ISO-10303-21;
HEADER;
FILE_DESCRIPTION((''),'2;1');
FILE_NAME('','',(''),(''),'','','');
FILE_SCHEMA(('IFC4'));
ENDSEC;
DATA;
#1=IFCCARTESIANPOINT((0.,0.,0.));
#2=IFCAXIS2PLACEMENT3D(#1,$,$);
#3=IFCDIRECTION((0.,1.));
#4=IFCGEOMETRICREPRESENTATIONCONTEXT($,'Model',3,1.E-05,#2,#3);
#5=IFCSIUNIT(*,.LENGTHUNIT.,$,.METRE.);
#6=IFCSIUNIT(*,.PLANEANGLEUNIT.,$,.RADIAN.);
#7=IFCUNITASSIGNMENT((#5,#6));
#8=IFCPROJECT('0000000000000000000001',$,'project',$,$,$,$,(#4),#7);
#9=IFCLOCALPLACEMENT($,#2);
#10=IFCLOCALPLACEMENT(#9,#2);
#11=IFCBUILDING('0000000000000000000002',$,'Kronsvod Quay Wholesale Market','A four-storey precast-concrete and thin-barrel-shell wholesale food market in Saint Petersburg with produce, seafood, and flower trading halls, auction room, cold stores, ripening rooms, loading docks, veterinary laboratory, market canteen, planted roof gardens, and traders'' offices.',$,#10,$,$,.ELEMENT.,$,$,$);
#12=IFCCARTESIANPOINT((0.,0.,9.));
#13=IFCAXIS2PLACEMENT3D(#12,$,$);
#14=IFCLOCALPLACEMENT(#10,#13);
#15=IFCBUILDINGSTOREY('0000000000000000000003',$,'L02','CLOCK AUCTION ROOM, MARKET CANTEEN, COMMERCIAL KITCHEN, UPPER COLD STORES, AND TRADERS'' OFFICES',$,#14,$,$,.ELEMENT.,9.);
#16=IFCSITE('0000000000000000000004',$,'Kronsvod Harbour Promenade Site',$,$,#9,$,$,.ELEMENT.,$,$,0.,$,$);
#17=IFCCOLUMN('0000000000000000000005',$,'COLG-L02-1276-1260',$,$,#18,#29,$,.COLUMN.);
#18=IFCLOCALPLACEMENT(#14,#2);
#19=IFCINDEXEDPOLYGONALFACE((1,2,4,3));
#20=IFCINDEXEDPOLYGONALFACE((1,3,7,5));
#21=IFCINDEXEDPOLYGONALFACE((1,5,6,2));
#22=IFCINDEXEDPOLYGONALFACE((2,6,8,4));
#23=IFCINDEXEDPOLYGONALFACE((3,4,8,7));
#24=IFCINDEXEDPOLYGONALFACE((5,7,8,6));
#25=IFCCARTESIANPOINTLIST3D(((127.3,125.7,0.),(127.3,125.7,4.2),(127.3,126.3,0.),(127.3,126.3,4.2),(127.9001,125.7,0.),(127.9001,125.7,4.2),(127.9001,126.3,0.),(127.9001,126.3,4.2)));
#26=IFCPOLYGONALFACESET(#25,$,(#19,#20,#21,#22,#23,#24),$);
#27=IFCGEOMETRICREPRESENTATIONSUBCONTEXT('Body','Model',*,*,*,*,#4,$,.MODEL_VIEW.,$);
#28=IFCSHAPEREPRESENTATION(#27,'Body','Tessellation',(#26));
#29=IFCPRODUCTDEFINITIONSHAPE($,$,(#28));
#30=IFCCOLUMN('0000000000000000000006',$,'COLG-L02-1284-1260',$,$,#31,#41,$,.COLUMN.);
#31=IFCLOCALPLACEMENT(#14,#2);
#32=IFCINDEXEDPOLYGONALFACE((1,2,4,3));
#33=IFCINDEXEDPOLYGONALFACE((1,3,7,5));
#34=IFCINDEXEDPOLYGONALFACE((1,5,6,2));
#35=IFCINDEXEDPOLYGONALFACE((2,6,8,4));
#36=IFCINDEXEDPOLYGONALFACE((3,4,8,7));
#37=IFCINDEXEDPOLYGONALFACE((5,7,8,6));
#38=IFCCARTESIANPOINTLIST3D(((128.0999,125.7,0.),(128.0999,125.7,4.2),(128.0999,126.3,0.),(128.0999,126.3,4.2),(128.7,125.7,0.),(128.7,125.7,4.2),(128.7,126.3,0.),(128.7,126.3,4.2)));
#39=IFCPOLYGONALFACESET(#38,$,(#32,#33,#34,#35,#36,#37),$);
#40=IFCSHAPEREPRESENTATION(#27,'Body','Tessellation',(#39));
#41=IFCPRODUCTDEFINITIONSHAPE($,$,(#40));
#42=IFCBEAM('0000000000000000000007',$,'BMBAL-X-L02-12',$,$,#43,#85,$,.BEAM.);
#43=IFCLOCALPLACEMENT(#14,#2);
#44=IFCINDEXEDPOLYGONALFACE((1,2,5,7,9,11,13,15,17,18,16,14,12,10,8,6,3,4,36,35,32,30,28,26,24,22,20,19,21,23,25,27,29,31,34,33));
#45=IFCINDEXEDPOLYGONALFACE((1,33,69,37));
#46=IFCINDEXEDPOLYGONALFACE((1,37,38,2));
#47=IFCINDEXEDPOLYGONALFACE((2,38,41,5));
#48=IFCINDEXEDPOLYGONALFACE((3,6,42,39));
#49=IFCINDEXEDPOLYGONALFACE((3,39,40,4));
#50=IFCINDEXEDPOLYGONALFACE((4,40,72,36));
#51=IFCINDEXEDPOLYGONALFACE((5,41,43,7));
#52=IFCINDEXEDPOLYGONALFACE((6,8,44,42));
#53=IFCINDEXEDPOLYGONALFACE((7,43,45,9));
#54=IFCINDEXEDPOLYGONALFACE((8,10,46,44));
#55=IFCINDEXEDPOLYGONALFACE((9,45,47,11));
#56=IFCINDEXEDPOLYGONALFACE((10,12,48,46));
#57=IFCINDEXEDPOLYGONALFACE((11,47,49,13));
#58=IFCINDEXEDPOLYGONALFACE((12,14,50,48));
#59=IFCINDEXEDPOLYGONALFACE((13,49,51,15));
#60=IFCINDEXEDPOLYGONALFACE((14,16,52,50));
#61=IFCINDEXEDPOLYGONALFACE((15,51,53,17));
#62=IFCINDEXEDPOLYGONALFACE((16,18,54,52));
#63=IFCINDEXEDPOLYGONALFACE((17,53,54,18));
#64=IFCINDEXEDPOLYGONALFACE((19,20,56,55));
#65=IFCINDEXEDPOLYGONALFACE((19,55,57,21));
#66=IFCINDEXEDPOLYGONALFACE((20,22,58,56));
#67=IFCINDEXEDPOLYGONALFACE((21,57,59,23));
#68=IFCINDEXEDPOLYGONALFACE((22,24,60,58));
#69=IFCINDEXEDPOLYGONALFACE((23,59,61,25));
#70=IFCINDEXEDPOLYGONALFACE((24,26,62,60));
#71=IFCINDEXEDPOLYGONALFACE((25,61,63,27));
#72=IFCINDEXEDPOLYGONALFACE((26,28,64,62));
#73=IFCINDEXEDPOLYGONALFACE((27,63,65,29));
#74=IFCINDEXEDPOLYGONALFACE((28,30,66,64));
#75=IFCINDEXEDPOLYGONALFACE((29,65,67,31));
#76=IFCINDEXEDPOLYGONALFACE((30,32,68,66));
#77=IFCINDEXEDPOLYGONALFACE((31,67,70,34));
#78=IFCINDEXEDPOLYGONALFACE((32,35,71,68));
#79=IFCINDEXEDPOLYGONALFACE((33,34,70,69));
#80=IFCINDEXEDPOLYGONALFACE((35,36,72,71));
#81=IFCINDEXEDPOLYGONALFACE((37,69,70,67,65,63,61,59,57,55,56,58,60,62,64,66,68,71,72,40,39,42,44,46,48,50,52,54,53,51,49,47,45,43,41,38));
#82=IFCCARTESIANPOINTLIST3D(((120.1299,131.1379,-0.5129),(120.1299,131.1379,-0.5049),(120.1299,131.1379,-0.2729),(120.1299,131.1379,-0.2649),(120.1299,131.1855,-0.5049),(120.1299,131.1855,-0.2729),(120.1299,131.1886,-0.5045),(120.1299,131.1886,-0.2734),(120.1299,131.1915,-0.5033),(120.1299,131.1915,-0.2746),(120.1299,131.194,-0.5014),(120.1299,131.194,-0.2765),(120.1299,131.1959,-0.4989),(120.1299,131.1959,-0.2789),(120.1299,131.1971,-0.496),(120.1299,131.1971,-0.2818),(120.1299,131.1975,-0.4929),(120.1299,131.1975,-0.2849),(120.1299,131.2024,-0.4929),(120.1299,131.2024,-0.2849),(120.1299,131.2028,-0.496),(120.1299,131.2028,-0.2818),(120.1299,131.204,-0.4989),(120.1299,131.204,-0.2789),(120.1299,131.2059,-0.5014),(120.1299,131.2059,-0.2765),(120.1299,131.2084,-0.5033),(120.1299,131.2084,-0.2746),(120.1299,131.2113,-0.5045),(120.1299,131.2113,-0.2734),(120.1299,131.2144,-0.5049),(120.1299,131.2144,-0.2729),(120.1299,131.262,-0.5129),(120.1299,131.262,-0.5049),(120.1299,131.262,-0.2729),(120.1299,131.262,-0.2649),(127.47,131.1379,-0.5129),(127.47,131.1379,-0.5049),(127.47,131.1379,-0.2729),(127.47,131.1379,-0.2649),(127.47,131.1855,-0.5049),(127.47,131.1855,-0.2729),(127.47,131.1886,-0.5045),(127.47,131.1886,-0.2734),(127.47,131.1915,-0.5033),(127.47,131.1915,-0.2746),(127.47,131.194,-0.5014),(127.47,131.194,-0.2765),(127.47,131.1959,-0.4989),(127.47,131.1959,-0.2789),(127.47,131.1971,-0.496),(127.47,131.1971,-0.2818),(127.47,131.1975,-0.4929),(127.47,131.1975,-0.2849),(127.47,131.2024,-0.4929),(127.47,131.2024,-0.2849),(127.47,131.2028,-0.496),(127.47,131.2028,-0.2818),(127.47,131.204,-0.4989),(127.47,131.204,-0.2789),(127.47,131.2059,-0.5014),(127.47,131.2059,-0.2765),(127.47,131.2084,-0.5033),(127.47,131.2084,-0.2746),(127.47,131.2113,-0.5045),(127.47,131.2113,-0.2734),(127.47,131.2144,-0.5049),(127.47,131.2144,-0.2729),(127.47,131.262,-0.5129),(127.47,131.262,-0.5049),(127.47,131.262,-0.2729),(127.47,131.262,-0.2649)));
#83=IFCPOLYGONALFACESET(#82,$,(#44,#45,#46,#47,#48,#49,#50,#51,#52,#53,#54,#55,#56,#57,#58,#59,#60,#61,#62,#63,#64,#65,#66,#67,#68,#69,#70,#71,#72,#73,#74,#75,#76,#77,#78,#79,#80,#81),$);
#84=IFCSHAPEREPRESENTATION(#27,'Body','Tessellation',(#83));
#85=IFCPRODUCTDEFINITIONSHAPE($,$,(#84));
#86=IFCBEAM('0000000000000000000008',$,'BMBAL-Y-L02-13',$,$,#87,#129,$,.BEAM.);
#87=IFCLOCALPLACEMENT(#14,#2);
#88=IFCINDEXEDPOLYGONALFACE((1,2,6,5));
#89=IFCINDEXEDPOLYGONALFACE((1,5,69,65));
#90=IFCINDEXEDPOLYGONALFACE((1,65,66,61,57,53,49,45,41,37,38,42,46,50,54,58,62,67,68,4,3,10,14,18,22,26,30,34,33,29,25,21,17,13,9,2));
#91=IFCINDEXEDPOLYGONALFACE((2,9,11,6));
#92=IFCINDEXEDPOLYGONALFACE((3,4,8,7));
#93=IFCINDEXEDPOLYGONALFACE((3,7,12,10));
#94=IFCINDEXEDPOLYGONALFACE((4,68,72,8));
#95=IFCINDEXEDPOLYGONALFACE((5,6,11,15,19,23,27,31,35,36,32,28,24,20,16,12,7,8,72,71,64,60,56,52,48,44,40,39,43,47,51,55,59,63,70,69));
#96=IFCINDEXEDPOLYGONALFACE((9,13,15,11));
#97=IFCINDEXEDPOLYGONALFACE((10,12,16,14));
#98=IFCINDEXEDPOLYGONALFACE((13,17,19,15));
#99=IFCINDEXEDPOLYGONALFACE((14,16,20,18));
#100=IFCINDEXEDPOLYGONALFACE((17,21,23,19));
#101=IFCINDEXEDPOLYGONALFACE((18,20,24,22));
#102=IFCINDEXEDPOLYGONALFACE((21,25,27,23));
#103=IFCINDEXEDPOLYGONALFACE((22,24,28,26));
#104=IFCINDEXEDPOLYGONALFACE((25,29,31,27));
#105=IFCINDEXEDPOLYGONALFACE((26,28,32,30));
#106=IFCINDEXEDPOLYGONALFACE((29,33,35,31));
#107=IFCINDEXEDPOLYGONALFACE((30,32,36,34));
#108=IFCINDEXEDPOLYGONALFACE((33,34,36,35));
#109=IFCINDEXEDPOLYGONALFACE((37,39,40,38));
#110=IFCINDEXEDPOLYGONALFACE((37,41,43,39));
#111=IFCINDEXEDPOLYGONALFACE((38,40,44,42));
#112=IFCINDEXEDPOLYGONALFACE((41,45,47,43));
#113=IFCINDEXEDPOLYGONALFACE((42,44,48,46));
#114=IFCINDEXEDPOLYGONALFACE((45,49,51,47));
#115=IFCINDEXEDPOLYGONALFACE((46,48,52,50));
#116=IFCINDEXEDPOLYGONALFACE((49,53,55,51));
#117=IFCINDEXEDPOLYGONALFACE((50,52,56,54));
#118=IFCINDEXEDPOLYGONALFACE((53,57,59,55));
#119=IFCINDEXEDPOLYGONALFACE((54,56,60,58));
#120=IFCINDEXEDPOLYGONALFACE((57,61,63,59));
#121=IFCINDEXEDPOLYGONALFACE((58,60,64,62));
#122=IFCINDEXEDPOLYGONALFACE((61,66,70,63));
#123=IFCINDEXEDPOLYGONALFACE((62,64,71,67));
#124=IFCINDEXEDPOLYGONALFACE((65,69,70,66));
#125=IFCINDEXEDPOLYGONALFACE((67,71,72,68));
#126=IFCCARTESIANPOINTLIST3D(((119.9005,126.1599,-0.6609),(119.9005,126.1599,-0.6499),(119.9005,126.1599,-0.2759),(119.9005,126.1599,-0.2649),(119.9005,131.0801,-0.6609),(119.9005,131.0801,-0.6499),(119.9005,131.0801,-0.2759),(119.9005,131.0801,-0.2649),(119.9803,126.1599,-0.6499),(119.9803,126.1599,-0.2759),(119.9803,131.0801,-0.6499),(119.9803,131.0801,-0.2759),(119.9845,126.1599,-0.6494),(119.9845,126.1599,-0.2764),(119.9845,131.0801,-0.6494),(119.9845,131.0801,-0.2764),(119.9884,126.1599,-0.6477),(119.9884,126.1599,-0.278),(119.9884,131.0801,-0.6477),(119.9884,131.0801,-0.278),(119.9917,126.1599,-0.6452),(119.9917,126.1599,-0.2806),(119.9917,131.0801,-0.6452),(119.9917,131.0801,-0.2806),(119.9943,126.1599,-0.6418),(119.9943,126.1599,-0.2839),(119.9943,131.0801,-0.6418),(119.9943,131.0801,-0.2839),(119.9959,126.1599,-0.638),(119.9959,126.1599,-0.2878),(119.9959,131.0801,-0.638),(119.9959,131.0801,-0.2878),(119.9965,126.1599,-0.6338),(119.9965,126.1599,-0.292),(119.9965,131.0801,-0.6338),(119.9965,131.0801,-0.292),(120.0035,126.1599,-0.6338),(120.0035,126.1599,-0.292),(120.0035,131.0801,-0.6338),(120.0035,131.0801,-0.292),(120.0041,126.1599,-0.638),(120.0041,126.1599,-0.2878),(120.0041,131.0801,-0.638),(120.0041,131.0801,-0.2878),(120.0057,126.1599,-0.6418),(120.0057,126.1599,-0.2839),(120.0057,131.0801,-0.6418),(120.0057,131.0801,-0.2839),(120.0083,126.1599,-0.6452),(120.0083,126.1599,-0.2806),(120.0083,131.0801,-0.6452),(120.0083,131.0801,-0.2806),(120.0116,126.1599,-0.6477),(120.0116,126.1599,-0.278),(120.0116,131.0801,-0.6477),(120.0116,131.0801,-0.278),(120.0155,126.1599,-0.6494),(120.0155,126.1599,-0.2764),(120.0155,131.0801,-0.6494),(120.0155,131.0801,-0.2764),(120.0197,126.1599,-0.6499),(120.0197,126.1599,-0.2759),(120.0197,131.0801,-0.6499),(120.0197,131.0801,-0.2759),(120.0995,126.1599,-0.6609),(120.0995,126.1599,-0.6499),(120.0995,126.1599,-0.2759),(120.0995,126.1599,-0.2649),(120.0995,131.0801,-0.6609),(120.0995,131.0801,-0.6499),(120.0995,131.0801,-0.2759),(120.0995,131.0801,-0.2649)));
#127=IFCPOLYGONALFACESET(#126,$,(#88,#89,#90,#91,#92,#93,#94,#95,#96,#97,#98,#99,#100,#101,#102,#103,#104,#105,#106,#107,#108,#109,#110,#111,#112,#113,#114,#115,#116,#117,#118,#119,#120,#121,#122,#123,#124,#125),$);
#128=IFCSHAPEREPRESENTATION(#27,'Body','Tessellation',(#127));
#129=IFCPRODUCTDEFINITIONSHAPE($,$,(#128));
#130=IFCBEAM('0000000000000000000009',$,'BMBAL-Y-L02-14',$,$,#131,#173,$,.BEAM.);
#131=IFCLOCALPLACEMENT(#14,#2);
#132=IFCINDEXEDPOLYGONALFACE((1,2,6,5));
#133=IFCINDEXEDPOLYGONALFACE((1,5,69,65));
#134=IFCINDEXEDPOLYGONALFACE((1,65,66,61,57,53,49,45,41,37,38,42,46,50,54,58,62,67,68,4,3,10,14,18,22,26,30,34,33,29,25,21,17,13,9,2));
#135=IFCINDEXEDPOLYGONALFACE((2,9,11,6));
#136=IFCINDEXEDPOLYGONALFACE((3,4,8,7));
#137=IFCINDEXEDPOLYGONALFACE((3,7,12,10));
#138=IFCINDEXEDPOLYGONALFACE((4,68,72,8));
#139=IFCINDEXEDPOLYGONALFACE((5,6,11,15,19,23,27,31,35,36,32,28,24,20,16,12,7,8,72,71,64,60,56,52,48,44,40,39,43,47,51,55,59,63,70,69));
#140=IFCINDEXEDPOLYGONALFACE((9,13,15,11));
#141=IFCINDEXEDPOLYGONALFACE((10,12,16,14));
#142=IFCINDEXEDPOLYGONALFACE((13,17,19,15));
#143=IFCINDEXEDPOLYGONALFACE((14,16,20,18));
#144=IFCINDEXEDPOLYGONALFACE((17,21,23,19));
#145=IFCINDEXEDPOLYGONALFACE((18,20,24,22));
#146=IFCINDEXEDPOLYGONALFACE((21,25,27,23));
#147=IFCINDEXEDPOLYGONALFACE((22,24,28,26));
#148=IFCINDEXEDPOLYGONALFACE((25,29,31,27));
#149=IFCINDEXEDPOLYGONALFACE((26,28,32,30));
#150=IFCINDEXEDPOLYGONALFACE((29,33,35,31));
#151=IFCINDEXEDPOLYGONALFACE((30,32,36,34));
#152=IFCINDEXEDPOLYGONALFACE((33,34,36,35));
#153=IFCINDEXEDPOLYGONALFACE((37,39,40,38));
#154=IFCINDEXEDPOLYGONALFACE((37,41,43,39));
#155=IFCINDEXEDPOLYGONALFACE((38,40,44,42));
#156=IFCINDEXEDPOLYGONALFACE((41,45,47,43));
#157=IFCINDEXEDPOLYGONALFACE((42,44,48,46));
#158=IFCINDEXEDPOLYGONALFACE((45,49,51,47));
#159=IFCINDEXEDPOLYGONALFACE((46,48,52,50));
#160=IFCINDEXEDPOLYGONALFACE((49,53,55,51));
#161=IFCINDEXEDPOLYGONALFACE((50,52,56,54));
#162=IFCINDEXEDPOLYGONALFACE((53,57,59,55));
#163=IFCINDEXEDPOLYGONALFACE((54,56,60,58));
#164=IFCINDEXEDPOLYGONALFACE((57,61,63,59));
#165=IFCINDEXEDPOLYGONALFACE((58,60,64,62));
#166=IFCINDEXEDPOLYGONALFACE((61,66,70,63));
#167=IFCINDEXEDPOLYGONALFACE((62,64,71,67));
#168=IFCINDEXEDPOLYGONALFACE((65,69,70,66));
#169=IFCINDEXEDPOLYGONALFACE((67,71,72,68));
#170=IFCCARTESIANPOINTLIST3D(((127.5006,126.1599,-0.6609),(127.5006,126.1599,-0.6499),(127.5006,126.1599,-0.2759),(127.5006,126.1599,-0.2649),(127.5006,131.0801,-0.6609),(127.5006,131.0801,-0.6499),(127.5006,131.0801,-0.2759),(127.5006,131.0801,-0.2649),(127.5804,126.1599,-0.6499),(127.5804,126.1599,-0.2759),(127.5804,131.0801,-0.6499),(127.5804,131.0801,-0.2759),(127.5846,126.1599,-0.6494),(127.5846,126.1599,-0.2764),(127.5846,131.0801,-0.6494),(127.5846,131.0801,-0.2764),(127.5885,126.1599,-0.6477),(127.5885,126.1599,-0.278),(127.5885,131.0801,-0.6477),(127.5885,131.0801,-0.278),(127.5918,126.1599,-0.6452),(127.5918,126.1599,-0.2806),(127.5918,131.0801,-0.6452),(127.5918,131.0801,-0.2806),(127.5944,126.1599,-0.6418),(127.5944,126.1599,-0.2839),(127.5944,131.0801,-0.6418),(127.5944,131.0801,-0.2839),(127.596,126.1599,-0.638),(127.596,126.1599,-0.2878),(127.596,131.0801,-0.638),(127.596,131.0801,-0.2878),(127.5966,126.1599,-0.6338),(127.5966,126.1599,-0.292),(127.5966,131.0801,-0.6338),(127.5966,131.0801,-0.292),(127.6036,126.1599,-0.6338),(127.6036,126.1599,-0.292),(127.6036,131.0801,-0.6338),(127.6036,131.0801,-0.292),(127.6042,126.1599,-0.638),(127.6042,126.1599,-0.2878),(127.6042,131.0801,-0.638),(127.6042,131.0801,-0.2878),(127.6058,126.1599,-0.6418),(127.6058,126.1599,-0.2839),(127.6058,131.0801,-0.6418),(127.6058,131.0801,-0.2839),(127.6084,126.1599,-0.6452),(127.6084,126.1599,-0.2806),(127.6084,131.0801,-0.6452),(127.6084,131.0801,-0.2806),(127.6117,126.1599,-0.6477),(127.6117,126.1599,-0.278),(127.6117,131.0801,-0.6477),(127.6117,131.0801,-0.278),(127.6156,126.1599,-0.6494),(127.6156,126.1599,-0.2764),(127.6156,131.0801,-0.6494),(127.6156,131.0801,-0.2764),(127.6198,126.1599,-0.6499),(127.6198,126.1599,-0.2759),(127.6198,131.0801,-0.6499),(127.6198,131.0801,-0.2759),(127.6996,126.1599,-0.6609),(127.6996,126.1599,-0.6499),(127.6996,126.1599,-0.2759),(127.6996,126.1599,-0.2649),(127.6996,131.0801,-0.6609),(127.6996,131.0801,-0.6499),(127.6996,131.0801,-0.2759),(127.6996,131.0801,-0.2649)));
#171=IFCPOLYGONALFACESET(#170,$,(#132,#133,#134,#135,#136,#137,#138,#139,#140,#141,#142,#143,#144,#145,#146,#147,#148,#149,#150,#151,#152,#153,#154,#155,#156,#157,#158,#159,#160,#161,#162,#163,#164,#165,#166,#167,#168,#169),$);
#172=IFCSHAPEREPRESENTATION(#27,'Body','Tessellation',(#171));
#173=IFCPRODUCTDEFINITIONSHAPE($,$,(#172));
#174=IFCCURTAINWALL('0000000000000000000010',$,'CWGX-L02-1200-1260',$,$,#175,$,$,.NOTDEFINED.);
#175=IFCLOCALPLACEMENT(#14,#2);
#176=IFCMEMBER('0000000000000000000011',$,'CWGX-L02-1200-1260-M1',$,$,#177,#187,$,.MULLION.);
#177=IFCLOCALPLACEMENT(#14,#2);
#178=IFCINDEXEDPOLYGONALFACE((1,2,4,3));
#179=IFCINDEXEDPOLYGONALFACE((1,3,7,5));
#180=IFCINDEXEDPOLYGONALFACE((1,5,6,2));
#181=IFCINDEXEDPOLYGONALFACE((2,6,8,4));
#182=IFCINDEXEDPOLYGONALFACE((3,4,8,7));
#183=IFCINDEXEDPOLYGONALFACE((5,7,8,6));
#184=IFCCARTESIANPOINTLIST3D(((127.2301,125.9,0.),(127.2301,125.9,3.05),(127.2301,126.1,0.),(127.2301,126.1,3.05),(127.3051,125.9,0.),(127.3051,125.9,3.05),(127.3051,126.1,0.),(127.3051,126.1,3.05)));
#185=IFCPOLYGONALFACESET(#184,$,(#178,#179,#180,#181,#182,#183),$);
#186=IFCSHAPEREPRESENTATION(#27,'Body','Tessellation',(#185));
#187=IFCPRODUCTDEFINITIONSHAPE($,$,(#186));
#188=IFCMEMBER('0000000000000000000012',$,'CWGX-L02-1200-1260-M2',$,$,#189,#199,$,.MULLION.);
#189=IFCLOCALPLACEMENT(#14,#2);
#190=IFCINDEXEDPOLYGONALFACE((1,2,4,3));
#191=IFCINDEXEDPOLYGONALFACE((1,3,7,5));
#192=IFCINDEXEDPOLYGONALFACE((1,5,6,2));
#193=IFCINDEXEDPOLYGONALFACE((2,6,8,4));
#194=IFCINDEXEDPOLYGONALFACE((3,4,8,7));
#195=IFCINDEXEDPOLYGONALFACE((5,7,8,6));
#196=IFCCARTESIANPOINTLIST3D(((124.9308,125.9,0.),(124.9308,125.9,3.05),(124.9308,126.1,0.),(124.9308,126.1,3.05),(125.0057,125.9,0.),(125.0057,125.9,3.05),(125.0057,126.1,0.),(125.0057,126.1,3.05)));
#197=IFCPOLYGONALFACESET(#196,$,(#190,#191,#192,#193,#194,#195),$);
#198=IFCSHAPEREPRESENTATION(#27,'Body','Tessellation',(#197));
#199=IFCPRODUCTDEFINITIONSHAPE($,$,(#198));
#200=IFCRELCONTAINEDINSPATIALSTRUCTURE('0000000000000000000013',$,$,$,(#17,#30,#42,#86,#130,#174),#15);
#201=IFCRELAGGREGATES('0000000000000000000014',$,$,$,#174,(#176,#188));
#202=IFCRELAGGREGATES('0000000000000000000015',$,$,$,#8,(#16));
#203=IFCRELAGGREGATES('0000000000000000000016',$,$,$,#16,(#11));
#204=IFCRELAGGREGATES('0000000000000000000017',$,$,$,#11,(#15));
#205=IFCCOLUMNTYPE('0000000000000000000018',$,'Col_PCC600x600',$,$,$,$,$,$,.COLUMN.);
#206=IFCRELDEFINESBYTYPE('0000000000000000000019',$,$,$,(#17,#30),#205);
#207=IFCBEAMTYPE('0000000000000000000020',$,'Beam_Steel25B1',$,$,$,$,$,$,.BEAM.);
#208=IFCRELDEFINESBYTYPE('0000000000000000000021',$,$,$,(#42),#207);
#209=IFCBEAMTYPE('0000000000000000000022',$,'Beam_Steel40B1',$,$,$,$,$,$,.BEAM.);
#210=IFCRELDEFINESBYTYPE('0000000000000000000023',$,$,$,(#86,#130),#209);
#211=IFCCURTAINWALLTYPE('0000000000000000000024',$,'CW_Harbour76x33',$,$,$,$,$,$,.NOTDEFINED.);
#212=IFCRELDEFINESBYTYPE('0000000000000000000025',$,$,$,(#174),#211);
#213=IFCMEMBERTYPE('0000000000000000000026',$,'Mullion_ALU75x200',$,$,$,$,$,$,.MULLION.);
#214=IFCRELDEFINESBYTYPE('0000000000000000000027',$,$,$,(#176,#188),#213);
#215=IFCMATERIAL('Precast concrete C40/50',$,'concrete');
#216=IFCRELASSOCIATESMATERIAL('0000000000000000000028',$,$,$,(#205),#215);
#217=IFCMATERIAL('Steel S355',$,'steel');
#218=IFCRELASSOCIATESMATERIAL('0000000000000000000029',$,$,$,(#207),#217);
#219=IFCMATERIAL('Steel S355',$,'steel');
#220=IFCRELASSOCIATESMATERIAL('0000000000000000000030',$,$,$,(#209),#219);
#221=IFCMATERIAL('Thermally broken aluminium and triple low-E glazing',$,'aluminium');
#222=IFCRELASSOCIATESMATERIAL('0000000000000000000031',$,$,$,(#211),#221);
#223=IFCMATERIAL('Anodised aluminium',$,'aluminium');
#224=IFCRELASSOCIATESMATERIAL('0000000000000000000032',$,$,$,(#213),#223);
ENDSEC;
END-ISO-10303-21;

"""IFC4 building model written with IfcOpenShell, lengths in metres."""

from ifc_helpers import new_model, si_unit, direction, frame, origin, origin_2d, place, context, subcontext, project, spatial, rectangle, i_section, extrude, material, material_profile, profile_set, type_object, element, aggregate, save


model = new_model("IFC4")

# Units and contexts
model_context = context("Model", 3, precision=1e-05, world=origin(), true_north=direction((0.0, 1.0)))
body_context = subcontext(model_context, "Body", "Model", "MODEL_VIEW")
ifc_project = project(units=[si_unit("LENGTHUNIT", "METRE"), si_unit("PLANEANGLEUNIT", "RADIAN")], contexts=[model_context])

# Site, building, storey
site_placement = place(None, origin())
site = spatial("IfcSite", under=ifc_project, at=site_placement, Name="Kronsvod Harbour Promenade Site", CompositionType="ELEMENT", RefElevation=0.0)
building_placement = place(site_placement, origin())
building = spatial("IfcBuilding", under=site, at=building_placement, Name="Kronsvod Quay Wholesale Market", Description="A four-storey precast-concrete and thin-barrel-shell wholesale food market in Saint Petersburg with produce, seafood, and flower trading halls, auction room, cold stores, ripening rooms, loading docks, veterinary laboratory, market canteen, planted roof gardens, and traders' offices.", CompositionType="ELEMENT")
storey_placement = place(building_placement, frame((0.0, 0.0, 9.0)))
storey = spatial("IfcBuildingStorey", under=building, at=storey_placement, Name="L02", Description="CLOCK AUCTION ROOM, MARKET CANTEEN, COMMERCIAL KITCHEN, UPPER COLD STORES, AND TRADERS' OFFICES", CompositionType="ELEMENT", Elevation=9.0)

# Columns
ifc_material_1 = material(Name="Precast concrete C40/50", Category="concrete")
ifc_material_profile_1 = material_profile(ifc_material_1, rectangle(XDim=0.6001, YDim=0.6001, at=origin_2d()), Name="PCC600x600")
ifc_profile_set_1 = profile_set([ifc_material_profile_1], Name="Precast concrete C40/50")
column_type = type_object("IfcColumnType", Name="Col_PCC600x600", PredefinedType="COLUMN", material=ifc_profile_set_1)
for number, where, z_axis, x_axis, name in (
    (1, (127.6001, 126.0, 0.0), (0.0, 0.0, 1.0), (1.0, 0.0, 0.0), "COLG-L02-1276-1260"),
    (2, (128.3999, 126.0, 0.0), (0.0, 0.0, 1.0), (1.0, 0.0, 0.0), "COLG-L02-1284-1260"),
):
    element("IfcColumn", number, at=place(storey_placement, frame(where, z_axis=z_axis, x_axis=x_axis)), inside=storey, type_object=column_type, Name=name, PredefinedType="COLUMN", context=body_context, shape_type="SweptSolid", body=[
        extrude(rectangle(XDim=0.6001, YDim=0.6001, at=origin_2d()), origin(), (0.0, 0.0, 1.0), 4.2),
    ])

# Beams
ifc_material_2 = material(Name="Steel S355", Category="steel")
ifc_material_profile_2 = material_profile(ifc_material_2, i_section(OverallWidth=0.124, OverallDepth=0.248, WebThickness=0.0049, FlangeThickness=0.0081, FilletRadius=0.012, at=origin_2d()), Name="25B1")
ifc_profile_set_2 = profile_set([ifc_material_profile_2], Name="Steel S355")
beam_type_1 = type_object("IfcBeamType", Name="Beam_Steel25B1", PredefinedType="BEAM", material=ifc_profile_set_2)
beam_1_placement = place(storey_placement, frame((120.1299, 131.2, -0.3889), z_axis=(1.0, 0.0, 0.0), x_axis=(0.0, 1.0, 0.0)))
element("IfcBeam", 3, at=beam_1_placement, inside=storey, type_object=beam_type_1, Name="BMBAL-X-L02-12", PredefinedType="BEAM", context=body_context, shape_type="SweptSolid", body=[
    extrude(i_section(OverallWidth=0.124, OverallDepth=0.248, WebThickness=0.0049, FlangeThickness=0.0081, FilletRadius=0.012, at=origin_2d()), origin(), (0.0, 0.0, 1.0), 7.3401),
])
ifc_material_3 = material(Name="Steel S355", Category="steel")
ifc_material_profile_3 = material_profile(ifc_material_3, i_section(OverallWidth=0.199, OverallDepth=0.396, WebThickness=0.0071, FlangeThickness=0.011, FilletRadius=0.0161, at=origin_2d()), Name="40B1")
ifc_profile_set_3 = profile_set([ifc_material_profile_3], Name="Steel S355")
beam_type_2 = type_object("IfcBeamType", Name="Beam_Steel40B1", PredefinedType="BEAM", material=ifc_profile_set_3)
for number, where, z_axis, x_axis, name in (
    (4, (120.0, 126.1599, -0.4629), (0.0, 1.0, 0.0), (-1.0, 0.0, 0.0), "BMBAL-Y-L02-13"),
    (5, (127.6001, 126.1599, -0.4629), (0.0, 1.0, 0.0), (-1.0, 0.0, 0.0), "BMBAL-Y-L02-14"),
):
    element("IfcBeam", number, at=place(storey_placement, frame(where, z_axis=z_axis, x_axis=x_axis)), inside=storey, type_object=beam_type_2, Name=name, PredefinedType="BEAM", context=body_context, shape_type="SweptSolid", body=[
        extrude(i_section(OverallWidth=0.199, OverallDepth=0.396, WebThickness=0.0071, FlangeThickness=0.011, FilletRadius=0.0161, at=origin_2d()), origin(), (0.0, 0.0, 1.0), 4.9202),
    ])

# Curtain wall, members
ifc_material_4 = material(Name="Thermally broken aluminium and triple low-E glazing", Category="aluminium")
curtain_wall_type = type_object("IfcCurtainWallType", Name="CW_Harbour76x33", PredefinedType="NOTDEFINED", material=ifc_material_4)
curtain_wall_1_placement = place(storey_placement, origin())
curtain_wall_1 = element("IfcCurtainWall", 6, at=curtain_wall_1_placement, inside=storey, type_object=curtain_wall_type, Name="CWGX-L02-1200-1260", PredefinedType="NOTDEFINED")
ifc_material_5 = material(Name="Anodised aluminium", Category="aluminium")
ifc_material_profile_4 = material_profile(ifc_material_5, rectangle(XDim=0.075, YDim=0.2, at=origin_2d()), Name="ALUM75x200")
ifc_profile_set_4 = profile_set([ifc_material_profile_4], Name="Anodised aluminium")
member_type_1 = type_object("IfcMemberType", Name="Mullion_ALU75x200", PredefinedType="MULLION", material=ifc_profile_set_4)
member_1_placement = place(storey_placement, frame((127.2676, 126.0, 0.0), z_axis=(0.0, 0.0, 1.0), x_axis=(1.0, 0.0, 0.0)))
member_1 = element("IfcMember", 7, at=member_1_placement, type_object=member_type_1, Name="CWGX-L02-1200-1260-M1", PredefinedType="MULLION", context=body_context, shape_type="SweptSolid", body=[
    extrude(rectangle(XDim=0.075, YDim=0.2, at=origin_2d()), origin(), (0.0, 0.0, 1.0), 3.05),
])
member_2_placement = place(storey_placement, frame((124.9683, 126.0, 0.0), z_axis=(0.0, 0.0, 1.0), x_axis=(1.0, 0.0, 0.0)))
member_2 = element("IfcMember", 8, at=member_2_placement, type_object=member_type_1, Name="CWGX-L02-1200-1260-M2", PredefinedType="MULLION", context=body_context, shape_type="SweptSolid", body=[
    extrude(rectangle(XDim=0.075, YDim=0.2, at=origin_2d()), origin(), (0.0, 0.0, 1.0), 3.05),
])

aggregate(curtain_wall_1, [member_1, member_2])

save(model, "model.ifc")
